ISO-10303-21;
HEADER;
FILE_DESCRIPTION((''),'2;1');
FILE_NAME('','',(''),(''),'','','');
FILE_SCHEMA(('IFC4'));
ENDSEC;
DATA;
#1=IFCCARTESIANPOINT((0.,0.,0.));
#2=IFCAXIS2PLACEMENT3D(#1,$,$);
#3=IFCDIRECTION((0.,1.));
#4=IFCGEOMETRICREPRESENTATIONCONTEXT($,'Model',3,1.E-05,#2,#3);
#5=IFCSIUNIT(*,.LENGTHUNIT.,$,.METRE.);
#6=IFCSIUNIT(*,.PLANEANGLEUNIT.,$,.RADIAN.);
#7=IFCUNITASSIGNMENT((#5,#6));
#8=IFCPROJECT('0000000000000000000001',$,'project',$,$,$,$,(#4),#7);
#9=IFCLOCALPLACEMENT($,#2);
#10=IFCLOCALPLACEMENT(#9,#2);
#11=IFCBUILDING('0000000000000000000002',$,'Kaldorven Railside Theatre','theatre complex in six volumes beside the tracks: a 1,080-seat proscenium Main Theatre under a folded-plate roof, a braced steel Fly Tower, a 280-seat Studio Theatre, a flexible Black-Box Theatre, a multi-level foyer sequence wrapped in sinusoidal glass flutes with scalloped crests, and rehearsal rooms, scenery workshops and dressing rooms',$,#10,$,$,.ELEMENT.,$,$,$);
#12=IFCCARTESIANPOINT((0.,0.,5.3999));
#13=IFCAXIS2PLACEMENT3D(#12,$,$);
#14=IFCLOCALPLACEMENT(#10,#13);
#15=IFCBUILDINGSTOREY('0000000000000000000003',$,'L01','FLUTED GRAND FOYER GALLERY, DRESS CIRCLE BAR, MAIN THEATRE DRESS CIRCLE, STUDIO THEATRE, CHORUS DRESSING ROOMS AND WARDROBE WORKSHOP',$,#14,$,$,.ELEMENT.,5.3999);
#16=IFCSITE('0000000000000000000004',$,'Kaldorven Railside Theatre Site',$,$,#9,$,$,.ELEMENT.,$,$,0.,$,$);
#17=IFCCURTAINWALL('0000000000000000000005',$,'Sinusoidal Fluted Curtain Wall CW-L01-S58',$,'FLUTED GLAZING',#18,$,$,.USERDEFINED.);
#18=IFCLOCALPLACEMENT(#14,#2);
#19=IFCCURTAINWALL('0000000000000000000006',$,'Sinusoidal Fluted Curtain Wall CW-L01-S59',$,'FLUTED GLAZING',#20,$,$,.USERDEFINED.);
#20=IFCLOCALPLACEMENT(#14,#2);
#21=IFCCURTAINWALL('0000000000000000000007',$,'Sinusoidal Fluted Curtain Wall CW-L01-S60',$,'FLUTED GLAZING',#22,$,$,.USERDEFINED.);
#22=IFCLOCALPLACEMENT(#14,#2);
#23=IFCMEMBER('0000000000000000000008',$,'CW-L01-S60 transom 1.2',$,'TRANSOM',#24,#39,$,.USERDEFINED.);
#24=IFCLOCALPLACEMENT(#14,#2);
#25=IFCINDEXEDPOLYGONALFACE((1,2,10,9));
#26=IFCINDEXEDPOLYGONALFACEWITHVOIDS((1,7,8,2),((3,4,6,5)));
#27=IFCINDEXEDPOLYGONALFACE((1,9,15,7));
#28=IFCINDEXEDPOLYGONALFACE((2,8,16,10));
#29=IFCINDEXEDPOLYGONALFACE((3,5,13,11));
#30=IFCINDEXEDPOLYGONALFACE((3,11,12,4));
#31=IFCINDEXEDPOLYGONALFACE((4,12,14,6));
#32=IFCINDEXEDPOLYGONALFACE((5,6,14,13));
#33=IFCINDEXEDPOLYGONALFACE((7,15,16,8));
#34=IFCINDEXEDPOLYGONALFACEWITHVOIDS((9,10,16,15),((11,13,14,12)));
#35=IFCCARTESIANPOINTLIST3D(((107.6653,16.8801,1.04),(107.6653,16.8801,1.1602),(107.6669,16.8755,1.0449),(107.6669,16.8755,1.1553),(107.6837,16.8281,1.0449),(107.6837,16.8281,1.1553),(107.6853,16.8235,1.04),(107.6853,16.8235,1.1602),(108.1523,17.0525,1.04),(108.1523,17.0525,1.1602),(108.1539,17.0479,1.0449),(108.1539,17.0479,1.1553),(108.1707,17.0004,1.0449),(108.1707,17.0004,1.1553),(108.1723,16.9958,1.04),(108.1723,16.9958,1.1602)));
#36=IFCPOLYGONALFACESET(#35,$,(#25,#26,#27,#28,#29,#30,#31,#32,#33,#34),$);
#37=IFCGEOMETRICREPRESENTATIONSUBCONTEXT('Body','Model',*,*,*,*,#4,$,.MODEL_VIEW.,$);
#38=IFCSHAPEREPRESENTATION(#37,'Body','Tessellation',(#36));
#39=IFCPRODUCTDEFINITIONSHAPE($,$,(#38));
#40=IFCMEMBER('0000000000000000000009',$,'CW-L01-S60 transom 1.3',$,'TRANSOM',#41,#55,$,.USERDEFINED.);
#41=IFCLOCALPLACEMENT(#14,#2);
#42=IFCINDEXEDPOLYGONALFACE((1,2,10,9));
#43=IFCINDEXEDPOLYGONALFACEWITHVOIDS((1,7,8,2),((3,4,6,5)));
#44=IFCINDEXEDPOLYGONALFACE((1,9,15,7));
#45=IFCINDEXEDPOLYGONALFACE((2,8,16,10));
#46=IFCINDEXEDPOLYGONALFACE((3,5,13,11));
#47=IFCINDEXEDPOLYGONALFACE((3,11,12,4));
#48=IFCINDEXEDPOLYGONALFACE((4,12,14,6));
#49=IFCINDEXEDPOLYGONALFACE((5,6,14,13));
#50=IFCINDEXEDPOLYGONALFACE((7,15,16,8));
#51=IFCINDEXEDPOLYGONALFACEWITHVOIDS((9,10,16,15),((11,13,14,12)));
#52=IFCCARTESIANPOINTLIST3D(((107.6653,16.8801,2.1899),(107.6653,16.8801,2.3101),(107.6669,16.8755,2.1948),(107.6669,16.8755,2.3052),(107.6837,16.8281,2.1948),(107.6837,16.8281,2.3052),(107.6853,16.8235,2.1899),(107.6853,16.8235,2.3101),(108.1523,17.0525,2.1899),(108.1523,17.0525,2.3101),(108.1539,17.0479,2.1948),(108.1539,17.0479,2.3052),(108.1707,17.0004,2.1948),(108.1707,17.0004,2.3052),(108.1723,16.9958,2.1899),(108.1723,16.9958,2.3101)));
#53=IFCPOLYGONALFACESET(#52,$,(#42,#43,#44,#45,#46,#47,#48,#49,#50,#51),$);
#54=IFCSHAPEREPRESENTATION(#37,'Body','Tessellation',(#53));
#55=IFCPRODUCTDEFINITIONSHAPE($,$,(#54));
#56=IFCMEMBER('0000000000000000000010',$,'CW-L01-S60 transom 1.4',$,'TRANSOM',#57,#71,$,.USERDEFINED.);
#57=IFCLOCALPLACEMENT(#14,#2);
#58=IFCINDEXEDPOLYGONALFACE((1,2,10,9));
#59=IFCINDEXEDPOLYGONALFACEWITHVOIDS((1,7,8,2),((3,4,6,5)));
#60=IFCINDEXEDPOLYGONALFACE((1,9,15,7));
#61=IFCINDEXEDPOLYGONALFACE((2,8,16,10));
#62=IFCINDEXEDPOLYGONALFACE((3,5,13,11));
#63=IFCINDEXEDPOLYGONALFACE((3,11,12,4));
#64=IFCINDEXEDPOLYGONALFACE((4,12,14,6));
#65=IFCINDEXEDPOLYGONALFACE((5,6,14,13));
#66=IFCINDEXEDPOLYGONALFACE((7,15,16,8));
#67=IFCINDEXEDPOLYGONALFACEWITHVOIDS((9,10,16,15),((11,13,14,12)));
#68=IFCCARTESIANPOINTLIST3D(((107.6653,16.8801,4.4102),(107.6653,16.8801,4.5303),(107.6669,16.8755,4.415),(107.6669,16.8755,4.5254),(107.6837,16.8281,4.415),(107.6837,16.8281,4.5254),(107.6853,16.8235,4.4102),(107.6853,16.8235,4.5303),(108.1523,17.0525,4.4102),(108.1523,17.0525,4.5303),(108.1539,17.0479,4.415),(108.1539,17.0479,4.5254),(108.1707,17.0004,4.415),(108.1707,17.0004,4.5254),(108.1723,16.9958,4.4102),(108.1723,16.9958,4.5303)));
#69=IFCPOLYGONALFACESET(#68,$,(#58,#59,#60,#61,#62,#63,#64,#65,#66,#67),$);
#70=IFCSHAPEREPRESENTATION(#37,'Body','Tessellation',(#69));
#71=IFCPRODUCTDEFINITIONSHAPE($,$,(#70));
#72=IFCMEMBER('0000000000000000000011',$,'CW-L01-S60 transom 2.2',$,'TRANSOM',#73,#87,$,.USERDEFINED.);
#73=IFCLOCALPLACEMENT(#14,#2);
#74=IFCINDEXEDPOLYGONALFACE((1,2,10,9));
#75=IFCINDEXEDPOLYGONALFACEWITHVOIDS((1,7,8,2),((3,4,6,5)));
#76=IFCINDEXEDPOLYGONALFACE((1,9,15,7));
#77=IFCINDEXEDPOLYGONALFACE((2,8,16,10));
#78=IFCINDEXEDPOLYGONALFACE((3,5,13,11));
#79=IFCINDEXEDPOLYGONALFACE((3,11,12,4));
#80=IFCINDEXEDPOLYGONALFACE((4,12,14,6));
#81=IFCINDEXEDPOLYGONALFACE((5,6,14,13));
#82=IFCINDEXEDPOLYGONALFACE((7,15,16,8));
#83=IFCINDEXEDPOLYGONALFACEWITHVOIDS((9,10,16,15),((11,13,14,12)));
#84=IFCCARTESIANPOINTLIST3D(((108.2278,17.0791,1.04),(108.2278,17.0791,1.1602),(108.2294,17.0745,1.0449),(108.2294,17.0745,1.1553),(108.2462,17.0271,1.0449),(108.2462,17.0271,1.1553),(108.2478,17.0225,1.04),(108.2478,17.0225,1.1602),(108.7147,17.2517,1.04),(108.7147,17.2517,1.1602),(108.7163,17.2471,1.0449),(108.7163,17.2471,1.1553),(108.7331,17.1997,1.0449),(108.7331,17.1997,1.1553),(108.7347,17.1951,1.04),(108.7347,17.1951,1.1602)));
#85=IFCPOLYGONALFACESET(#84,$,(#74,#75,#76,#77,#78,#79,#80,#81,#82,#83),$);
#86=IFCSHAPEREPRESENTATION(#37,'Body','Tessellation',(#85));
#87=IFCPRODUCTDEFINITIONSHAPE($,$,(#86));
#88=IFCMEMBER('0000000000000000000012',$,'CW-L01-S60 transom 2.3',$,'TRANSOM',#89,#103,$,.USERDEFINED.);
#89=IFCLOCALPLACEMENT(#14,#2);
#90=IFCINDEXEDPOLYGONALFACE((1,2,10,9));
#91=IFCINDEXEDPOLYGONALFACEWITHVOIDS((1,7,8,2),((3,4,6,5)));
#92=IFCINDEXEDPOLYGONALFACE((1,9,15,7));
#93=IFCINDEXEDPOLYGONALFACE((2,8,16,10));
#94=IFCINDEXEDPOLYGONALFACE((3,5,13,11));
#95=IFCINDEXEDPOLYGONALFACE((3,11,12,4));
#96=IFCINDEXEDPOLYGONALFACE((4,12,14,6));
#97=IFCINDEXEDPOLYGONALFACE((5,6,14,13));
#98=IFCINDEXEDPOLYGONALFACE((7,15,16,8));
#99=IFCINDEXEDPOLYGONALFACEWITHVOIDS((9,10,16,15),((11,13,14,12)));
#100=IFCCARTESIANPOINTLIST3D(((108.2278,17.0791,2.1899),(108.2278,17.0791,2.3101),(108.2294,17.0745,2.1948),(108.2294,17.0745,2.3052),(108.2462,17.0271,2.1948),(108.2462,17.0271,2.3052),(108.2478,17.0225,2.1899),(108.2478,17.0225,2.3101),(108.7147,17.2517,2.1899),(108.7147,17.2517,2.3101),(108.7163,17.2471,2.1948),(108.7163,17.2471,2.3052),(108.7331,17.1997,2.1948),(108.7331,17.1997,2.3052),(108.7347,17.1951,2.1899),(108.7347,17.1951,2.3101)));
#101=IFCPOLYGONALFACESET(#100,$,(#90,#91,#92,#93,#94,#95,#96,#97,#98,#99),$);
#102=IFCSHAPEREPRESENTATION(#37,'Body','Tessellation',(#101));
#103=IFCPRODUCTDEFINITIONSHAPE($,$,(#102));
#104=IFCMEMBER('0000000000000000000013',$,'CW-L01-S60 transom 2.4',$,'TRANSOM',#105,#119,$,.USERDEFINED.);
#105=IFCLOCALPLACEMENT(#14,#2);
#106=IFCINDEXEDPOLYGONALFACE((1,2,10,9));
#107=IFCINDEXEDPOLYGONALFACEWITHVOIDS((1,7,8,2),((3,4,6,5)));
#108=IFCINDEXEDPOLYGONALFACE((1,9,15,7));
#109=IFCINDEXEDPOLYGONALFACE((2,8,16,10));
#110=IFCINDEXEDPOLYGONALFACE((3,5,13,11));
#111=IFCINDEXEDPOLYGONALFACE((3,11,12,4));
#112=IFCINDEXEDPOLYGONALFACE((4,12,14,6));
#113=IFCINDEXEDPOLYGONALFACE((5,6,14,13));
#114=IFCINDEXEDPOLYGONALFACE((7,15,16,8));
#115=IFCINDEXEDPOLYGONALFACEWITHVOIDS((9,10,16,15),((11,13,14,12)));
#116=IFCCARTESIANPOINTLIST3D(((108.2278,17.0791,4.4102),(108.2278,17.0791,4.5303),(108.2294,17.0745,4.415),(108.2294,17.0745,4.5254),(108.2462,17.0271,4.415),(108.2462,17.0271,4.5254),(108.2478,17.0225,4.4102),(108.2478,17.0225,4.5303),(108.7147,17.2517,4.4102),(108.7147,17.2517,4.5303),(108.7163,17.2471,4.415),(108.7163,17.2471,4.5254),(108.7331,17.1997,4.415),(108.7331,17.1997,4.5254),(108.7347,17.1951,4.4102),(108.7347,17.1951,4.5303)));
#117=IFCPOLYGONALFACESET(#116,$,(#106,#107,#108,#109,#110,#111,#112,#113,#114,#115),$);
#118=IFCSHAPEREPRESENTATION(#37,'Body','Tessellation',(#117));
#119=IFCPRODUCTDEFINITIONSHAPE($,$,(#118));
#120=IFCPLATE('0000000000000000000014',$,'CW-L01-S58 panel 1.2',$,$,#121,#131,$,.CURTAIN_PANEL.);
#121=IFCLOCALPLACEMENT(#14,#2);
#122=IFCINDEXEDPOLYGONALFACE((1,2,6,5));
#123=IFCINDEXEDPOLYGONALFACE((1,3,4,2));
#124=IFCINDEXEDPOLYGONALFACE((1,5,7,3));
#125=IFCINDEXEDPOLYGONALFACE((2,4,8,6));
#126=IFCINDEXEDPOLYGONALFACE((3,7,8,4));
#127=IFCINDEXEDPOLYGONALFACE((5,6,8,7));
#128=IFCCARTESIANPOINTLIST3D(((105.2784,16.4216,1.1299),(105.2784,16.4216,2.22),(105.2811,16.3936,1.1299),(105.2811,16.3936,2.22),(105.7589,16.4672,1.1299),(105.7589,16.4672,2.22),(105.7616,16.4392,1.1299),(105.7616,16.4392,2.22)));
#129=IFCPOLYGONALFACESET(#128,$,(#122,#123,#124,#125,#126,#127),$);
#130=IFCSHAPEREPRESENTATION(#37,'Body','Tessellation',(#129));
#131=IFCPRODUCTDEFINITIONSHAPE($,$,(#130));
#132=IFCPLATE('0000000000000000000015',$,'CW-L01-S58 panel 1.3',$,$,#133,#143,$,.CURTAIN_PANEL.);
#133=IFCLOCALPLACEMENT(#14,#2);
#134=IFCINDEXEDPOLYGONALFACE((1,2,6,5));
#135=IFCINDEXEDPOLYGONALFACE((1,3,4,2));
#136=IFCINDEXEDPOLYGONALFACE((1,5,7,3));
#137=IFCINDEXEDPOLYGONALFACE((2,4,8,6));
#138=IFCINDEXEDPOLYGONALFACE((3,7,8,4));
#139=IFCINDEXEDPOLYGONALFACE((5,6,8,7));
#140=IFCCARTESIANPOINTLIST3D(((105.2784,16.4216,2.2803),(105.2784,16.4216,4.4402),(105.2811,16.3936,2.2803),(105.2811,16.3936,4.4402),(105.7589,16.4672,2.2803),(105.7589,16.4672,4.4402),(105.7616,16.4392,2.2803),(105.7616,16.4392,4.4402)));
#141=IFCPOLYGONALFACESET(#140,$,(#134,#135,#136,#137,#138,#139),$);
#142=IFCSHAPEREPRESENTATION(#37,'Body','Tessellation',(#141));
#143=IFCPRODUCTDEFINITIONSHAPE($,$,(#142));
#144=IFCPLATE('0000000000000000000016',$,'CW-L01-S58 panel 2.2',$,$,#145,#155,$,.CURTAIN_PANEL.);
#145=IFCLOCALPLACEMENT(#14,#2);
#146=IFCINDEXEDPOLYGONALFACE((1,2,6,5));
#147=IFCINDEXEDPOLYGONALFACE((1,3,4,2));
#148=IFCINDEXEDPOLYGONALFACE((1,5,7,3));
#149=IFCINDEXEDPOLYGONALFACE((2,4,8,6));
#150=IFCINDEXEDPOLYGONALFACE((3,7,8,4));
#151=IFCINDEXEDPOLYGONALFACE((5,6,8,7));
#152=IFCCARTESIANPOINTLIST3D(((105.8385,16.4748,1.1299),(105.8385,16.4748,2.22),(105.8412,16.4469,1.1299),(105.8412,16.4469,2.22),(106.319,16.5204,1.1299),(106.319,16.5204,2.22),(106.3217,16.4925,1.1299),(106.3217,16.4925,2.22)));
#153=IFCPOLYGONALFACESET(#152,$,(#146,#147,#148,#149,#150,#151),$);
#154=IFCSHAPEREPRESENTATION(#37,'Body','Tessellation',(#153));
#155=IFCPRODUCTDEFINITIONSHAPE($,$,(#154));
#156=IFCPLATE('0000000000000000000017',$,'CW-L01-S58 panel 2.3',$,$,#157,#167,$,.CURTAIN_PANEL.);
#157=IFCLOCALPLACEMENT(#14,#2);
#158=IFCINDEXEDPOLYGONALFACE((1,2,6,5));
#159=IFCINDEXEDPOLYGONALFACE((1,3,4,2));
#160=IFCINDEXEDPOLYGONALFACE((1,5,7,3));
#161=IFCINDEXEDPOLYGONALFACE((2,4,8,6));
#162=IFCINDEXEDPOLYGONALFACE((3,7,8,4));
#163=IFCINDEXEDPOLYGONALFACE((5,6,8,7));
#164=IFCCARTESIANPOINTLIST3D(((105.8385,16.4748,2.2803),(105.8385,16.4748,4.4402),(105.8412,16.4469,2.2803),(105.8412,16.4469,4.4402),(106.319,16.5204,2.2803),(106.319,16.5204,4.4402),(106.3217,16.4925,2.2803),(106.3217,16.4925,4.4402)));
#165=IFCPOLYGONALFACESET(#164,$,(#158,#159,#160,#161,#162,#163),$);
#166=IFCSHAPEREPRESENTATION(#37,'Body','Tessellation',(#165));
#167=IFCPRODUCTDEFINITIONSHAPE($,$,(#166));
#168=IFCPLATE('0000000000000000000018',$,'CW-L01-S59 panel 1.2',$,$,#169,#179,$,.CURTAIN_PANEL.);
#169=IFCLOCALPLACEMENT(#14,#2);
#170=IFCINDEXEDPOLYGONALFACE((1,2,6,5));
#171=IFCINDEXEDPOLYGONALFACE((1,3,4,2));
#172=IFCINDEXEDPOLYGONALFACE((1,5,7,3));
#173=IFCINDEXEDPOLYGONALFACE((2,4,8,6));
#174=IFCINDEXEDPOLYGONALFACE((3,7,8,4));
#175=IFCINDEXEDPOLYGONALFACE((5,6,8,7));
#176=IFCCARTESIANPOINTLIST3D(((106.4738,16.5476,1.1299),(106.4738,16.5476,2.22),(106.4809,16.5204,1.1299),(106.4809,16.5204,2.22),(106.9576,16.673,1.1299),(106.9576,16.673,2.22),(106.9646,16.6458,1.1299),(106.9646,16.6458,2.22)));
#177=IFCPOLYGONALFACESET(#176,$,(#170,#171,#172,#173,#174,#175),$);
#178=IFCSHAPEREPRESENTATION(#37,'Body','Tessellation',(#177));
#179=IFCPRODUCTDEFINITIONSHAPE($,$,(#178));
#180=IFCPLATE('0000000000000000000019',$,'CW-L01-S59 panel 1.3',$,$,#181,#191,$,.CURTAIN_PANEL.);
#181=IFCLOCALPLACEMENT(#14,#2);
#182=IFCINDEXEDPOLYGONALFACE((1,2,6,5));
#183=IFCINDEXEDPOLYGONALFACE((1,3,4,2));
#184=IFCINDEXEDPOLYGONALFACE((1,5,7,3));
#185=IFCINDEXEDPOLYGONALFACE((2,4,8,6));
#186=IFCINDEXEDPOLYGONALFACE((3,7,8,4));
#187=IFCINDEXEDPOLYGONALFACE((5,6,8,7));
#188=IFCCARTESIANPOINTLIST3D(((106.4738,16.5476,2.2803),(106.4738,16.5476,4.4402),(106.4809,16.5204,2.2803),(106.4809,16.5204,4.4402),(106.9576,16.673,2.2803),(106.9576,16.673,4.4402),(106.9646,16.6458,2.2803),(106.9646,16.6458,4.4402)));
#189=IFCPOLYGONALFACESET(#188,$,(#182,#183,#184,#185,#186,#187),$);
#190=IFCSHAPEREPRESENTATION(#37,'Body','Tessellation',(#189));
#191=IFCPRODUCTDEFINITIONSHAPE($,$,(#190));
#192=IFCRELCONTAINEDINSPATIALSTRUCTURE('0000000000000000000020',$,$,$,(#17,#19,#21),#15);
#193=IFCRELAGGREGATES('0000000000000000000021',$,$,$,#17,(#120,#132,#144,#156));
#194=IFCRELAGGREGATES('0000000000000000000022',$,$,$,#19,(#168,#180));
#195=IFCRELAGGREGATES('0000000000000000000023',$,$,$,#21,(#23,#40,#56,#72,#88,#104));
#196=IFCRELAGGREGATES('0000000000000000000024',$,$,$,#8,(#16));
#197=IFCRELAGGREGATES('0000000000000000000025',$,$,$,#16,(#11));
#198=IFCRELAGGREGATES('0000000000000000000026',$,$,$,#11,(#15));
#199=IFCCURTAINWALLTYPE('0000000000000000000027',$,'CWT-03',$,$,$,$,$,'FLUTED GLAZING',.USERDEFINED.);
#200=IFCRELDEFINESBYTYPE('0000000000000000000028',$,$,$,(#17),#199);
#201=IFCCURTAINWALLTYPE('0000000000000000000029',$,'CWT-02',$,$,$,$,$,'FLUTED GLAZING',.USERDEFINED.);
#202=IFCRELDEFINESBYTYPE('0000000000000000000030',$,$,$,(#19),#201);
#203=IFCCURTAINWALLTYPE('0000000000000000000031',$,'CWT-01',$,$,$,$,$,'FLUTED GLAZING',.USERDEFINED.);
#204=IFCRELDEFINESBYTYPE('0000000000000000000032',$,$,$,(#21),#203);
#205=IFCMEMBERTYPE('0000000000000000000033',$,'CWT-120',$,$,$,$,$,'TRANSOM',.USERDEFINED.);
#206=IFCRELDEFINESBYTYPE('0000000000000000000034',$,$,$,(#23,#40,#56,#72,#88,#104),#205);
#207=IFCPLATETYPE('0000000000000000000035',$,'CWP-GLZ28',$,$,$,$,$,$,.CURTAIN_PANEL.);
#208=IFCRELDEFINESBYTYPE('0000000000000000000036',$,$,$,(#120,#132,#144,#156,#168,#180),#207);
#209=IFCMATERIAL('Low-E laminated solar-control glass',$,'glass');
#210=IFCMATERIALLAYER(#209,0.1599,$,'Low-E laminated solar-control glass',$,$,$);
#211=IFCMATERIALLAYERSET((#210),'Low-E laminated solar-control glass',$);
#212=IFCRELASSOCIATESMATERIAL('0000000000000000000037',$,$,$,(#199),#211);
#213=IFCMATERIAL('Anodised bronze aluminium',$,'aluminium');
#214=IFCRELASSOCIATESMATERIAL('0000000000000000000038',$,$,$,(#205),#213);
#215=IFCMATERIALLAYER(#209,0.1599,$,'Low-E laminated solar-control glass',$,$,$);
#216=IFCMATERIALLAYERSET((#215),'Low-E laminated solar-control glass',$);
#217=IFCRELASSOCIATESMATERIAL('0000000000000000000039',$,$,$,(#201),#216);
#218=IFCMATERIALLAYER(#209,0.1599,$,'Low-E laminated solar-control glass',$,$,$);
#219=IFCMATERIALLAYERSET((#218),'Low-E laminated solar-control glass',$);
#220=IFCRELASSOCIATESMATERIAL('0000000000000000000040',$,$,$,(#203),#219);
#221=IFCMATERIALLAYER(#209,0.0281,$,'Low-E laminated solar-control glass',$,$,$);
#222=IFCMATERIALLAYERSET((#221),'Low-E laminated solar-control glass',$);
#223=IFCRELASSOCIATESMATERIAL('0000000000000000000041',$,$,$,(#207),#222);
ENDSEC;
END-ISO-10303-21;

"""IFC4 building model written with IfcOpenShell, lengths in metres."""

from ifc_helpers import new_model, si_unit, direction, frame, origin, origin_2d, place, context, subcontext, project, spatial, rectangle, hollow_rectangle, extrude, material, layer, layer_set, material_profile, profile_set, type_object, element, aggregate, save


model = new_model("IFC4")

# Units and contexts
model_context = context("Model", 3, precision=1e-05, world=origin(), true_north=direction((0.0, 1.0)))
body_context = subcontext(model_context, "Body", "Model", "MODEL_VIEW")
ifc_project = project(units=[si_unit("LENGTHUNIT", "METRE"), si_unit("PLANEANGLEUNIT", "RADIAN")], contexts=[model_context])

# Site, building, storey
site_placement = place(None, origin())
site = spatial("IfcSite", under=ifc_project, at=site_placement, Name="Kaldorven Railside Theatre Site", CompositionType="ELEMENT", RefElevation=0.0)
building_placement = place(site_placement, origin())
building = spatial("IfcBuilding", under=site, at=building_placement, Name="Kaldorven Railside Theatre", Description="theatre complex in six volumes beside the tracks: a 1,080-seat proscenium Main Theatre under a folded-plate roof, a braced steel Fly Tower, a 280-seat Studio Theatre, a flexible Black-Box Theatre, a multi-level foyer sequence wrapped in sinusoidal glass flutes with scalloped crests, and rehearsal rooms, scenery workshops and dressing rooms", CompositionType="ELEMENT")
storey_placement = place(building_placement, frame((0.0, 0.0, 5.3999)))
storey = spatial("IfcBuildingStorey", under=building, at=storey_placement, Name="L01", Description="FLUTED GRAND FOYER GALLERY, DRESS CIRCLE BAR, MAIN THEATRE DRESS CIRCLE, STUDIO THEATRE, CHORUS DRESSING ROOMS AND WARDROBE WORKSHOP", CompositionType="ELEMENT", Elevation=5.3999)

# Curtain walls, members
ifc_material_1 = material(Name="Low-E laminated solar-control glass", Category="glass")
ifc_layer_1 = layer(ifc_material_1, 0.1599, Name="Low-E laminated solar-control glass")
ifc_layer_set_1 = layer_set([ifc_layer_1], Name="Low-E laminated solar-control glass")
curtain_wall_type_1 = type_object("IfcCurtainWallType", Name="CWT-03", ElementType="FLUTED GLAZING", PredefinedType="USERDEFINED", material=ifc_layer_set_1)
curtain_wall_1_placement = place(storey_placement, origin())
curtain_wall_1 = element("IfcCurtainWall", 1, at=curtain_wall_1_placement, inside=storey, type_object=curtain_wall_type_1, Name="Sinusoidal Fluted Curtain Wall CW-L01-S58", ObjectType="FLUTED GLAZING", PredefinedType="USERDEFINED")
ifc_material_2 = material(Name="Anodised bronze aluminium", Category="aluminium")
ifc_material_profile = material_profile(ifc_material_2, hollow_rectangle(XDim=0.0601, YDim=0.1201, WallThickness=0.0049, at=origin_2d()), Name="RHS 120x60x5")
ifc_profile_set = profile_set([ifc_material_profile], Name="Anodised bronze aluminium")
member_type = type_object("IfcMemberType", Name="CWT-120", ElementType="TRANSOM", PredefinedType="USERDEFINED", material=ifc_profile_set)
ifc_layer_2 = layer(ifc_material_1, 0.1599, Name="Low-E laminated solar-control glass")
ifc_layer_set_2 = layer_set([ifc_layer_2], Name="Low-E laminated solar-control glass")
curtain_wall_type_2 = type_object("IfcCurtainWallType", Name="CWT-02", ElementType="FLUTED GLAZING", PredefinedType="USERDEFINED", material=ifc_layer_set_2)
curtain_wall_2_placement = place(storey_placement, origin())
curtain_wall_2 = element("IfcCurtainWall", 2, at=curtain_wall_2_placement, inside=storey, type_object=curtain_wall_type_2, Name="Sinusoidal Fluted Curtain Wall CW-L01-S59", ObjectType="FLUTED GLAZING", PredefinedType="USERDEFINED")
ifc_layer_3 = layer(ifc_material_1, 0.1599, Name="Low-E laminated solar-control glass")
ifc_layer_set_3 = layer_set([ifc_layer_3], Name="Low-E laminated solar-control glass")
curtain_wall_type_3 = type_object("IfcCurtainWallType", Name="CWT-01", ElementType="FLUTED GLAZING", PredefinedType="USERDEFINED", material=ifc_layer_set_3)
curtain_wall_3_placement = place(storey_placement, origin())
curtain_wall_3 = element("IfcCurtainWall", 3, at=curtain_wall_3_placement, inside=storey, type_object=curtain_wall_type_3, Name="Sinusoidal Fluted Curtain Wall CW-L01-S60", ObjectType="FLUTED GLAZING", PredefinedType="USERDEFINED")
member_1_placement = place(storey_placement, frame((107.6753, 16.8518, 1.1001), z_axis=(0.942711, 0.333611, 0.0), x_axis=(-0.333611, 0.942711, 0.0)))
member_1 = element("IfcMember", 4, at=member_1_placement, type_object=member_type, Name="CW-L01-S60 transom 1.2", ObjectType="TRANSOM", PredefinedType="USERDEFINED", context=body_context, shape_type="SweptSolid", body=[
    extrude(hollow_rectangle(XDim=0.0601, YDim=0.1201, WallThickness=0.0049, at=origin_2d()), origin(), (0.0, 0.0, 1.0), 0.5166),
])
member_2_placement = place(storey_placement, frame((107.6753, 16.8518, 2.25), z_axis=(0.942711, 0.333611, 0.0), x_axis=(-0.333611, 0.942711, 0.0)))
member_2 = element("IfcMember", 5, at=member_2_placement, type_object=member_type, Name="CW-L01-S60 transom 1.3", ObjectType="TRANSOM", PredefinedType="USERDEFINED", context=body_context, shape_type="SweptSolid", body=[
    extrude(hollow_rectangle(XDim=0.0601, YDim=0.1201, WallThickness=0.0049, at=origin_2d()), origin(), (0.0, 0.0, 1.0), 0.5166),
])
member_3_placement = place(storey_placement, frame((107.6753, 16.8518, 4.4702), z_axis=(0.942711, 0.333611, 0.0), x_axis=(-0.333611, 0.942711, 0.0)))
member_3 = element("IfcMember", 6, at=member_3_placement, type_object=member_type, Name="CW-L01-S60 transom 1.4", ObjectType="TRANSOM", PredefinedType="USERDEFINED", context=body_context, shape_type="SweptSolid", body=[
    extrude(hollow_rectangle(XDim=0.0601, YDim=0.1201, WallThickness=0.0049, at=origin_2d()), origin(), (0.0, 0.0, 1.0), 0.5166),
])
member_4_placement = place(storey_placement, frame((108.2378, 17.0508, 1.1001), z_axis=(0.942509, 0.33418, 0.0), x_axis=(-0.33418, 0.942509, 0.0)))
member_4 = element("IfcMember", 7, at=member_4_placement, type_object=member_type, Name="CW-L01-S60 transom 2.2", ObjectType="TRANSOM", PredefinedType="USERDEFINED", context=body_context, shape_type="SweptSolid", body=[
    extrude(hollow_rectangle(XDim=0.0601, YDim=0.1201, WallThickness=0.0049, at=origin_2d()), origin(), (0.0, 0.0, 1.0), 0.5166),
])
member_5_placement = place(storey_placement, frame((108.2378, 17.0508, 2.25), z_axis=(0.942509, 0.33418, 0.0), x_axis=(-0.33418, 0.942509, 0.0)))
member_5 = element("IfcMember", 8, at=member_5_placement, type_object=member_type, Name="CW-L01-S60 transom 2.3", ObjectType="TRANSOM", PredefinedType="USERDEFINED", context=body_context, shape_type="SweptSolid", body=[
    extrude(hollow_rectangle(XDim=0.0601, YDim=0.1201, WallThickness=0.0049, at=origin_2d()), origin(), (0.0, 0.0, 1.0), 0.5166),
])
member_6_placement = place(storey_placement, frame((108.2378, 17.0508, 4.4702), z_axis=(0.942509, 0.33418, 0.0), x_axis=(-0.33418, 0.942509, 0.0)))
member_6 = element("IfcMember", 9, at=member_6_placement, type_object=member_type, Name="CW-L01-S60 transom 2.4", ObjectType="TRANSOM", PredefinedType="USERDEFINED", context=body_context, shape_type="SweptSolid", body=[
    extrude(hollow_rectangle(XDim=0.0601, YDim=0.1201, WallThickness=0.0049, at=origin_2d()), origin(), (0.0, 0.0, 1.0), 0.5166),
])

# Plates
ifc_layer_4 = layer(ifc_material_1, 0.0281, Name="Low-E laminated solar-control glass")
ifc_layer_set_4 = layer_set([ifc_layer_4], Name="Low-E laminated solar-control glass")
plate_type = type_object("IfcPlateType", Name="CWP-GLZ28", PredefinedType="CURTAIN_PANEL", material=ifc_layer_set_4)
plate_1_placement = place(storey_placement, frame((105.52, 16.4304, 1.1299), z_axis=(0.0, 0.0, 1.0), x_axis=(0.995526, 0.094492, 0.0)))
plate_1 = element("IfcPlate", 10, at=plate_1_placement, type_object=plate_type, Name="CW-L01-S58 panel 1.2", PredefinedType="CURTAIN_PANEL", context=body_context, shape_type="SweptSolid", body=[
    extrude(rectangle(XDim=0.4827, YDim=0.0281, at=origin_2d()), origin(), (0.0, 0.0, 1.0), 1.0901),
])
plate_2_placement = place(storey_placement, frame((105.52, 16.4304, 2.2803), z_axis=(0.0, 0.0, 1.0), x_axis=(0.995526, 0.094492, 0.0)))
plate_2 = element("IfcPlate", 11, at=plate_2_placement, type_object=plate_type, Name="CW-L01-S58 panel 1.3", PredefinedType="CURTAIN_PANEL", context=body_context, shape_type="SweptSolid", body=[
    extrude(rectangle(XDim=0.4827, YDim=0.0281, at=origin_2d()), origin(), (0.0, 0.0, 1.0), 2.1599),
])
plate_3_placement = place(storey_placement, frame((106.0801, 16.4836, 1.1299), z_axis=(0.0, 0.0, 1.0), x_axis=(0.995526, 0.094492, 0.0)))
plate_3 = element("IfcPlate", 12, at=plate_3_placement, type_object=plate_type, Name="CW-L01-S58 panel 2.2", PredefinedType="CURTAIN_PANEL", context=body_context, shape_type="SweptSolid", body=[
    extrude(rectangle(XDim=0.4827, YDim=0.0281, at=origin_2d()), origin(), (0.0, 0.0, 1.0), 1.0901),
])
plate_4_placement = place(storey_placement, frame((106.0801, 16.4836, 2.2803), z_axis=(0.0, 0.0, 1.0), x_axis=(0.995526, 0.094492, 0.0)))
plate_4 = element("IfcPlate", 13, at=plate_4_placement, type_object=plate_type, Name="CW-L01-S58 panel 2.3", PredefinedType="CURTAIN_PANEL", context=body_context, shape_type="SweptSolid", body=[
    extrude(rectangle(XDim=0.4827, YDim=0.0281, at=origin_2d()), origin(), (0.0, 0.0, 1.0), 2.1599),
])
aggregate(curtain_wall_1, [plate_1, plate_2, plate_3, plate_4])
plate_5_placement = place(storey_placement, frame((106.7192, 16.5967, 1.1299), z_axis=(0.0, 0.0, 1.0), x_axis=(0.967999, 0.250954, 0.0)))
plate_5 = element("IfcPlate", 14, at=plate_5_placement, type_object=plate_type, Name="CW-L01-S59 panel 1.2", PredefinedType="CURTAIN_PANEL", context=body_context, shape_type="SweptSolid", body=[
    extrude(rectangle(XDim=0.4998, YDim=0.0281, at=origin_2d()), origin(), (0.0, 0.0, 1.0), 1.0901),
])
plate_6_placement = place(storey_placement, frame((106.7192, 16.5967, 2.2803), z_axis=(0.0, 0.0, 1.0), x_axis=(0.967999, 0.250954, 0.0)))
plate_6 = element("IfcPlate", 15, at=plate_6_placement, type_object=plate_type, Name="CW-L01-S59 panel 1.3", PredefinedType="CURTAIN_PANEL", context=body_context, shape_type="SweptSolid", body=[
    extrude(rectangle(XDim=0.4998, YDim=0.0281, at=origin_2d()), origin(), (0.0, 0.0, 1.0), 2.1599),
])
aggregate(curtain_wall_2, [plate_5, plate_6])
aggregate(curtain_wall_3, [member_1, member_2, member_3, member_4, member_5, member_6])

save(model, "model.ifc")
